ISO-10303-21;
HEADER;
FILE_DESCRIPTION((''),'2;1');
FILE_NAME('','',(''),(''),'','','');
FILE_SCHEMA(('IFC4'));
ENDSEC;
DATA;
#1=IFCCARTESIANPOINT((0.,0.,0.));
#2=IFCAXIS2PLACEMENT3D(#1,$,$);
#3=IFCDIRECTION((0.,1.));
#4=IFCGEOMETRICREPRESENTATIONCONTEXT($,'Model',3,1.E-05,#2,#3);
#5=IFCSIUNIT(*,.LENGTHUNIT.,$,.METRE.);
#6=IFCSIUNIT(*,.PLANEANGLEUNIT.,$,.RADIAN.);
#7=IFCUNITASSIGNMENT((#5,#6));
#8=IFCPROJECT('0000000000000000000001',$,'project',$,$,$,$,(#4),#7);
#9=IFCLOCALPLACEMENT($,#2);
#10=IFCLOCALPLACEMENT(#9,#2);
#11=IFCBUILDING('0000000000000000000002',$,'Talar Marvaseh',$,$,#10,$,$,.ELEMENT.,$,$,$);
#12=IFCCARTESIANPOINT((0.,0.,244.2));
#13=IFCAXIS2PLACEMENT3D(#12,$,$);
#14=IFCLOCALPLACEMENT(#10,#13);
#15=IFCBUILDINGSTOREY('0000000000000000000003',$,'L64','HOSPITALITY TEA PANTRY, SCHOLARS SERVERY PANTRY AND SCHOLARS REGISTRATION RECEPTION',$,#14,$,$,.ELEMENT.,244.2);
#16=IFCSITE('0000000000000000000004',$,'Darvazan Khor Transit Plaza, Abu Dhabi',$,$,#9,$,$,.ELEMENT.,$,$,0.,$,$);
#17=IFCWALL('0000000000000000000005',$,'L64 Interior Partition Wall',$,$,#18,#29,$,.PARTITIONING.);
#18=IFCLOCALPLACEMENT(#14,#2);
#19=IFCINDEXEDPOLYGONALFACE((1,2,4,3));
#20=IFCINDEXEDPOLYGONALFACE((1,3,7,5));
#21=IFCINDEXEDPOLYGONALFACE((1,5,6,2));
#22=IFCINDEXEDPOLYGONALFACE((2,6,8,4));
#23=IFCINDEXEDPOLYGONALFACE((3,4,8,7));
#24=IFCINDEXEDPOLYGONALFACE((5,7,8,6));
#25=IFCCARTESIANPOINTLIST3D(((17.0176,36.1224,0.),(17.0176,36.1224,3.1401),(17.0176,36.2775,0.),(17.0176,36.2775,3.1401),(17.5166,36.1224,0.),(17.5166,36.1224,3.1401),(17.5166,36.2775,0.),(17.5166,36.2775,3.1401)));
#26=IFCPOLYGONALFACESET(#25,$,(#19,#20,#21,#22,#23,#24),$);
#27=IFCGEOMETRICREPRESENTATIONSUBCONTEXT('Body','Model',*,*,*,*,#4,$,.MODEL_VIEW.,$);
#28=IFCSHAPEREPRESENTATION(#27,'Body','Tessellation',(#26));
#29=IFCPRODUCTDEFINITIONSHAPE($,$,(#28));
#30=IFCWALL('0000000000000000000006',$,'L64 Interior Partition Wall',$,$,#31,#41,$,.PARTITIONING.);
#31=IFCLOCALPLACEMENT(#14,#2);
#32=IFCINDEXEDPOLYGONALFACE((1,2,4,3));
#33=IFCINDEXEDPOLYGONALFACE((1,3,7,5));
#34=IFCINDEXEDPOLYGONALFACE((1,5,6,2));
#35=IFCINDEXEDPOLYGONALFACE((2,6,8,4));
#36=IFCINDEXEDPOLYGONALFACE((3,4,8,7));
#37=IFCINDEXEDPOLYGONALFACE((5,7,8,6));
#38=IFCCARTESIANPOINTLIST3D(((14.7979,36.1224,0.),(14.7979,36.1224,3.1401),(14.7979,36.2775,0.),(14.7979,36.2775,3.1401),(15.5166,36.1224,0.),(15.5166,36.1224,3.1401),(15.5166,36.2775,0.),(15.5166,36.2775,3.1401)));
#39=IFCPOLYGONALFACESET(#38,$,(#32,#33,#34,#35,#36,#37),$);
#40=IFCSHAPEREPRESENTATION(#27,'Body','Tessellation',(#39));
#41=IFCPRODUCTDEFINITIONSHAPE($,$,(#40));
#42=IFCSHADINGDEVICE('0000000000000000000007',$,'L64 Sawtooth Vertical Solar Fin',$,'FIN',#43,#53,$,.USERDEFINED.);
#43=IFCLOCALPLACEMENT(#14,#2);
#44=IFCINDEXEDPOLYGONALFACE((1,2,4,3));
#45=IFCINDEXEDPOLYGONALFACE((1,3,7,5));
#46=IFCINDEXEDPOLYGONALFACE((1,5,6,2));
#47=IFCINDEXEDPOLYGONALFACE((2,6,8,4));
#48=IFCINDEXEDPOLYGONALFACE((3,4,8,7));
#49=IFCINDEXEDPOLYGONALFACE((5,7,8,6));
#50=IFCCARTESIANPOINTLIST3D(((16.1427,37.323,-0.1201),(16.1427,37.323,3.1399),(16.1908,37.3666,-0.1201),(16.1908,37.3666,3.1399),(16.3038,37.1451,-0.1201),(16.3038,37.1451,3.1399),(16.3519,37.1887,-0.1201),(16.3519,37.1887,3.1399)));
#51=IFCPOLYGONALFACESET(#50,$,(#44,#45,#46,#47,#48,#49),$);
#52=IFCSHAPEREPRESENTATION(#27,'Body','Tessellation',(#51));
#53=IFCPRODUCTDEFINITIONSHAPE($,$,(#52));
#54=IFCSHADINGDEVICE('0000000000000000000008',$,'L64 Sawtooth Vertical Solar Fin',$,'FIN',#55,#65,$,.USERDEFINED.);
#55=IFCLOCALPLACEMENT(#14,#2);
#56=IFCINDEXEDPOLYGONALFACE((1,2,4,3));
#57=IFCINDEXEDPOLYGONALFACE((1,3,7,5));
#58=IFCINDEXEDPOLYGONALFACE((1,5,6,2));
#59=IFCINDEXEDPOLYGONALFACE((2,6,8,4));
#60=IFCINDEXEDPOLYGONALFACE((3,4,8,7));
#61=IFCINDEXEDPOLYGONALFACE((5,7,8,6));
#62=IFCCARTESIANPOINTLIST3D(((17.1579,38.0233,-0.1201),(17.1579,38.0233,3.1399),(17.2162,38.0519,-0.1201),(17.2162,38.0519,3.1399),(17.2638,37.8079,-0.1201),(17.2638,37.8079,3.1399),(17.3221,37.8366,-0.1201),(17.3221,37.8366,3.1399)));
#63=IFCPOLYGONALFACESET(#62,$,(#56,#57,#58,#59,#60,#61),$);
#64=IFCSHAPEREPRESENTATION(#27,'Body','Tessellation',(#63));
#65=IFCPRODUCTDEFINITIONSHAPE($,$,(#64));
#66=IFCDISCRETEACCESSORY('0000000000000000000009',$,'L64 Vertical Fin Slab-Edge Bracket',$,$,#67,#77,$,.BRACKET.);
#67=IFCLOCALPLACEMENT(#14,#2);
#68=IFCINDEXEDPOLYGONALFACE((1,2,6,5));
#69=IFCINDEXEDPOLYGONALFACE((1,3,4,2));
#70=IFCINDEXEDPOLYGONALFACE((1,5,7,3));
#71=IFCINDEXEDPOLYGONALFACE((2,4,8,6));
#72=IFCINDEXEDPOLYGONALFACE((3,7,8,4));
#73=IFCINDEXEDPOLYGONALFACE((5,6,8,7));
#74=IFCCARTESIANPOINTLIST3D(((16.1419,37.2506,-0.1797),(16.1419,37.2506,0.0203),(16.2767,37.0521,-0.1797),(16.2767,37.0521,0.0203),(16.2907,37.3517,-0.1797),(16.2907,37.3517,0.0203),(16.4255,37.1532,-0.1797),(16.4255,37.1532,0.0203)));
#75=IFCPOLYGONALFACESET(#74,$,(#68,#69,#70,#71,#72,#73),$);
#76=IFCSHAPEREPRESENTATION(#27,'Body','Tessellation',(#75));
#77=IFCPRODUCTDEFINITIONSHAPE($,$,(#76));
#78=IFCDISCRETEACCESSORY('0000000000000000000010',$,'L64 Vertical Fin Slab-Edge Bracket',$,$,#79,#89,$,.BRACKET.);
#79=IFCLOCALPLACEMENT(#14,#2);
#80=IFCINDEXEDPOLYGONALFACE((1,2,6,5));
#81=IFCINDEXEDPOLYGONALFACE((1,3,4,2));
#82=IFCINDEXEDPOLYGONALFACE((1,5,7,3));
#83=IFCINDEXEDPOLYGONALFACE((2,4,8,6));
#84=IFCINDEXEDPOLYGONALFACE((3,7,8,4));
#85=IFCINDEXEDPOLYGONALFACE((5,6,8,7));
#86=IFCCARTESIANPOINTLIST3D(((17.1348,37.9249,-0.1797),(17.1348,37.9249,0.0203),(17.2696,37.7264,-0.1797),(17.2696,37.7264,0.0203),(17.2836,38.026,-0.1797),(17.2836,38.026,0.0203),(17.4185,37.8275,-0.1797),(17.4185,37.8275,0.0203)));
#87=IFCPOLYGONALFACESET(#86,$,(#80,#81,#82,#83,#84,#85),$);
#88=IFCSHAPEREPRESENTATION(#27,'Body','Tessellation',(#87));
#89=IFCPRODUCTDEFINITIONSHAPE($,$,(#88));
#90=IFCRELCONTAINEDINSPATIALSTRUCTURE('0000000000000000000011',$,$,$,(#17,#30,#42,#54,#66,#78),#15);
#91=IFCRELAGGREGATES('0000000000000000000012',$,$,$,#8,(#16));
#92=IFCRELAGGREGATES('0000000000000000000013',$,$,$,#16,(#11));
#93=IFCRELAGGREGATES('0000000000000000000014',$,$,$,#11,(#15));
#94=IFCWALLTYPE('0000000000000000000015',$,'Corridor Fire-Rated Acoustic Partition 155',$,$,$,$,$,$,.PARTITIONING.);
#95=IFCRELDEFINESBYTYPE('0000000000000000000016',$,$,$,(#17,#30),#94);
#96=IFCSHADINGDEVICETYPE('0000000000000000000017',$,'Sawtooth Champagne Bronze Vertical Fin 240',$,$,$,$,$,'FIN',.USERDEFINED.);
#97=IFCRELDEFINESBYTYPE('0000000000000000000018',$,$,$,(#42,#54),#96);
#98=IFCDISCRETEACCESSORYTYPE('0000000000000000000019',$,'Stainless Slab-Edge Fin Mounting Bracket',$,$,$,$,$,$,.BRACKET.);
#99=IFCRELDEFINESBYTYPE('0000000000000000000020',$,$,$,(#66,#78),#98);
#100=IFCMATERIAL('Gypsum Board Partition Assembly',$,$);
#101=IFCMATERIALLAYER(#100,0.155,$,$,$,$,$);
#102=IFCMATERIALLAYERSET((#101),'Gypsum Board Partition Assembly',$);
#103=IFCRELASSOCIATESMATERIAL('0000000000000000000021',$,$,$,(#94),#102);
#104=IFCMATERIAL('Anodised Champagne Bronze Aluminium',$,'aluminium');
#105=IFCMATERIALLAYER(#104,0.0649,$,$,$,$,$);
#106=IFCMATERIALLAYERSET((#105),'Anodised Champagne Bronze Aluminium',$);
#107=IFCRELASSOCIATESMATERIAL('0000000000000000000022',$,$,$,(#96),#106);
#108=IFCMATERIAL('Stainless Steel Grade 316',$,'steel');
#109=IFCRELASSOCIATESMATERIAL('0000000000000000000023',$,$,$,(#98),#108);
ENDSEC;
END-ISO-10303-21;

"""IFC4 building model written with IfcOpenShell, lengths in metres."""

from ifc_helpers import new_model, si_unit, direction, frame, frame_2d, origin, origin_2d, place, context, subcontext, project, spatial, rectangle, extrude, source, transform, mapped, material, layer, layer_set, type_object, type_shapes, element, save


model = new_model("IFC4")

# Units and contexts
model_context = context("Model", 3, precision=1e-05, world=origin(), true_north=direction((0.0, 1.0)))
body_context = subcontext(model_context, "Body", "Model", "MODEL_VIEW")
ifc_project = project(units=[si_unit("LENGTHUNIT", "METRE"), si_unit("PLANEANGLEUNIT", "RADIAN")], contexts=[model_context])

# Site, building, storey
site_placement = place(None, origin())
site = spatial("IfcSite", under=ifc_project, at=site_placement, Name="Darvazan Khor Transit Plaza, Abu Dhabi", CompositionType="ELEMENT", RefElevation=0.0)
building_placement = place(site_placement, origin())
building = spatial("IfcBuilding", under=site, at=building_placement, Name="Talar Marvaseh", CompositionType="ELEMENT")
storey_placement = place(building_placement, frame((0.0, 0.0, 244.2)))
storey = spatial("IfcBuildingStorey", under=building, at=storey_placement, Name="L64", Description="HOSPITALITY TEA PANTRY, SCHOLARS SERVERY PANTRY AND SCHOLARS REGISTRATION RECEPTION", CompositionType="ELEMENT", Elevation=244.2)

# Shared definitions
ifc_material_1 = material(Name="Gypsum Board Partition Assembly")
ifc_layer_1 = layer(ifc_material_1, 0.155)
ifc_layer_set_1 = layer_set([ifc_layer_1], Name="Gypsum Board Partition Assembly")
wall_type_1 = type_object("IfcWallType", Name="Corridor Fire-Rated Acoustic Partition 155", PredefinedType="PARTITIONING", material=ifc_layer_set_1)

# Walls
wall_1_placement = place(storey_placement, frame((17.0176, 36.2, 0.0), z_axis=(0.0, 0.0, 1.0), x_axis=(1.0, 0.0, 0.0)))
element("IfcWall", 1, at=wall_1_placement, inside=storey, type_object=wall_type_1, Name="L64 Interior Partition Wall", PredefinedType="PARTITIONING", context=body_context, shape_type="SweptSolid", body=[
    extrude(rectangle(XDim=0.499, YDim=0.155, at=frame_2d((0.2495, 0.0))), origin(), (0.0, 0.0, 1.0), 3.1401),
])
wall_2_placement = place(storey_placement, frame((14.7979, 36.2, 0.0), z_axis=(0.0, 0.0, 1.0), x_axis=(1.0, 0.0, 0.0)))
element("IfcWall", 2, at=wall_2_placement, inside=storey, type_object=wall_type_1, Name="L64 Interior Partition Wall", PredefinedType="PARTITIONING", context=body_context, shape_type="SweptSolid", body=[
    extrude(rectangle(XDim=0.7188, YDim=0.155, at=frame_2d((0.3594, 0.0))), origin(), (0.0, 0.0, 1.0), 3.1401),
])

# Shading devices
ifc_material_2 = material(Name="Anodised Champagne Bronze Aluminium", Category="aluminium")
ifc_layer_2 = layer(ifc_material_2, 0.0649)
ifc_layer_set_2 = layer_set([ifc_layer_2], Name="Anodised Champagne Bronze Aluminium")
shading_device_type = type_object("IfcShadingDeviceType", Name="Sawtooth Champagne Bronze Vertical Fin 240", ElementType="FIN", PredefinedType="USERDEFINED", material=ifc_layer_set_2)
shared_shape_1 = source(origin(), body_context, "Body", "SweptSolid", [
    extrude(rectangle(XDim=0.24, YDim=0.0649, at=origin_2d()), origin(), (0.0, 0.0, 1.0), 3.26),
])
type_shapes(shading_device_type, [shared_shape_1])
for number, where, z_axis, x_axis, name in (
    (3, (16.2473, 37.2559, -0.1201), (0.0, 0.0, 1.0), (-0.671462, 0.741039, 0.0), "L64 Sawtooth Vertical Solar Fin"),
    (4, (17.24, 37.9299, -0.1201), (0.0, 0.0, 1.0), (-0.441193, 0.897412, 0.0), "L64 Sawtooth Vertical Solar Fin"),
):
    element("IfcShadingDevice", number, at=place(storey_placement, frame(where, z_axis=z_axis, x_axis=x_axis)), inside=storey, type_object=shading_device_type, Name=name, ObjectType="FIN", PredefinedType="USERDEFINED", context=body_context, shape_type="MappedRepresentation", body=[
        mapped(shared_shape_1, transform((0.0, 0.0, 0.0), x_axis=(1.0, 0.0, 0.0), y_axis=(0.0, 1.0, 0.0), z_axis=(0.0, 0.0, 1.0), scale=1.0)),
    ])

# Discrete accessories
ifc_material_3 = material(Name="Stainless Steel Grade 316", Category="steel")
discrete_accessory_type = type_object("IfcDiscreteAccessoryType", Name="Stainless Slab-Edge Fin Mounting Bracket", PredefinedType="BRACKET", material=ifc_material_3)
shared_shape_2 = source(origin(), body_context, "Body", "SweptSolid", [
    extrude(rectangle(XDim=0.24, YDim=0.1799, at=origin_2d()), origin(), (0.0, 0.0, 1.0), 0.2),
])
type_shapes(discrete_accessory_type, [shared_shape_2])
for number, where, z_axis, x_axis, name in (
    (5, (16.2837, 37.2019, -0.1797), (0.0, 0.0, 1.0), (-0.561795, 0.827277, 0.0), "L64 Vertical Fin Slab-Edge Bracket"),
    (6, (17.2766, 37.8762, -0.1797), (0.0, 0.0, 1.0), (-0.561795, 0.827277, 0.0), "L64 Vertical Fin Slab-Edge Bracket"),
):
    element("IfcDiscreteAccessory", number, at=place(storey_placement, frame(where, z_axis=z_axis, x_axis=x_axis)), inside=storey, type_object=discrete_accessory_type, Name=name, PredefinedType="BRACKET", context=body_context, shape_type="MappedRepresentation", body=[
        mapped(shared_shape_2, transform((0.0, 0.0, 0.0), x_axis=(1.0, 0.0, 0.0), y_axis=(0.0, 1.0, 0.0), z_axis=(0.0, 0.0, 1.0), scale=1.0)),
    ])

save(model, "model.ifc")
